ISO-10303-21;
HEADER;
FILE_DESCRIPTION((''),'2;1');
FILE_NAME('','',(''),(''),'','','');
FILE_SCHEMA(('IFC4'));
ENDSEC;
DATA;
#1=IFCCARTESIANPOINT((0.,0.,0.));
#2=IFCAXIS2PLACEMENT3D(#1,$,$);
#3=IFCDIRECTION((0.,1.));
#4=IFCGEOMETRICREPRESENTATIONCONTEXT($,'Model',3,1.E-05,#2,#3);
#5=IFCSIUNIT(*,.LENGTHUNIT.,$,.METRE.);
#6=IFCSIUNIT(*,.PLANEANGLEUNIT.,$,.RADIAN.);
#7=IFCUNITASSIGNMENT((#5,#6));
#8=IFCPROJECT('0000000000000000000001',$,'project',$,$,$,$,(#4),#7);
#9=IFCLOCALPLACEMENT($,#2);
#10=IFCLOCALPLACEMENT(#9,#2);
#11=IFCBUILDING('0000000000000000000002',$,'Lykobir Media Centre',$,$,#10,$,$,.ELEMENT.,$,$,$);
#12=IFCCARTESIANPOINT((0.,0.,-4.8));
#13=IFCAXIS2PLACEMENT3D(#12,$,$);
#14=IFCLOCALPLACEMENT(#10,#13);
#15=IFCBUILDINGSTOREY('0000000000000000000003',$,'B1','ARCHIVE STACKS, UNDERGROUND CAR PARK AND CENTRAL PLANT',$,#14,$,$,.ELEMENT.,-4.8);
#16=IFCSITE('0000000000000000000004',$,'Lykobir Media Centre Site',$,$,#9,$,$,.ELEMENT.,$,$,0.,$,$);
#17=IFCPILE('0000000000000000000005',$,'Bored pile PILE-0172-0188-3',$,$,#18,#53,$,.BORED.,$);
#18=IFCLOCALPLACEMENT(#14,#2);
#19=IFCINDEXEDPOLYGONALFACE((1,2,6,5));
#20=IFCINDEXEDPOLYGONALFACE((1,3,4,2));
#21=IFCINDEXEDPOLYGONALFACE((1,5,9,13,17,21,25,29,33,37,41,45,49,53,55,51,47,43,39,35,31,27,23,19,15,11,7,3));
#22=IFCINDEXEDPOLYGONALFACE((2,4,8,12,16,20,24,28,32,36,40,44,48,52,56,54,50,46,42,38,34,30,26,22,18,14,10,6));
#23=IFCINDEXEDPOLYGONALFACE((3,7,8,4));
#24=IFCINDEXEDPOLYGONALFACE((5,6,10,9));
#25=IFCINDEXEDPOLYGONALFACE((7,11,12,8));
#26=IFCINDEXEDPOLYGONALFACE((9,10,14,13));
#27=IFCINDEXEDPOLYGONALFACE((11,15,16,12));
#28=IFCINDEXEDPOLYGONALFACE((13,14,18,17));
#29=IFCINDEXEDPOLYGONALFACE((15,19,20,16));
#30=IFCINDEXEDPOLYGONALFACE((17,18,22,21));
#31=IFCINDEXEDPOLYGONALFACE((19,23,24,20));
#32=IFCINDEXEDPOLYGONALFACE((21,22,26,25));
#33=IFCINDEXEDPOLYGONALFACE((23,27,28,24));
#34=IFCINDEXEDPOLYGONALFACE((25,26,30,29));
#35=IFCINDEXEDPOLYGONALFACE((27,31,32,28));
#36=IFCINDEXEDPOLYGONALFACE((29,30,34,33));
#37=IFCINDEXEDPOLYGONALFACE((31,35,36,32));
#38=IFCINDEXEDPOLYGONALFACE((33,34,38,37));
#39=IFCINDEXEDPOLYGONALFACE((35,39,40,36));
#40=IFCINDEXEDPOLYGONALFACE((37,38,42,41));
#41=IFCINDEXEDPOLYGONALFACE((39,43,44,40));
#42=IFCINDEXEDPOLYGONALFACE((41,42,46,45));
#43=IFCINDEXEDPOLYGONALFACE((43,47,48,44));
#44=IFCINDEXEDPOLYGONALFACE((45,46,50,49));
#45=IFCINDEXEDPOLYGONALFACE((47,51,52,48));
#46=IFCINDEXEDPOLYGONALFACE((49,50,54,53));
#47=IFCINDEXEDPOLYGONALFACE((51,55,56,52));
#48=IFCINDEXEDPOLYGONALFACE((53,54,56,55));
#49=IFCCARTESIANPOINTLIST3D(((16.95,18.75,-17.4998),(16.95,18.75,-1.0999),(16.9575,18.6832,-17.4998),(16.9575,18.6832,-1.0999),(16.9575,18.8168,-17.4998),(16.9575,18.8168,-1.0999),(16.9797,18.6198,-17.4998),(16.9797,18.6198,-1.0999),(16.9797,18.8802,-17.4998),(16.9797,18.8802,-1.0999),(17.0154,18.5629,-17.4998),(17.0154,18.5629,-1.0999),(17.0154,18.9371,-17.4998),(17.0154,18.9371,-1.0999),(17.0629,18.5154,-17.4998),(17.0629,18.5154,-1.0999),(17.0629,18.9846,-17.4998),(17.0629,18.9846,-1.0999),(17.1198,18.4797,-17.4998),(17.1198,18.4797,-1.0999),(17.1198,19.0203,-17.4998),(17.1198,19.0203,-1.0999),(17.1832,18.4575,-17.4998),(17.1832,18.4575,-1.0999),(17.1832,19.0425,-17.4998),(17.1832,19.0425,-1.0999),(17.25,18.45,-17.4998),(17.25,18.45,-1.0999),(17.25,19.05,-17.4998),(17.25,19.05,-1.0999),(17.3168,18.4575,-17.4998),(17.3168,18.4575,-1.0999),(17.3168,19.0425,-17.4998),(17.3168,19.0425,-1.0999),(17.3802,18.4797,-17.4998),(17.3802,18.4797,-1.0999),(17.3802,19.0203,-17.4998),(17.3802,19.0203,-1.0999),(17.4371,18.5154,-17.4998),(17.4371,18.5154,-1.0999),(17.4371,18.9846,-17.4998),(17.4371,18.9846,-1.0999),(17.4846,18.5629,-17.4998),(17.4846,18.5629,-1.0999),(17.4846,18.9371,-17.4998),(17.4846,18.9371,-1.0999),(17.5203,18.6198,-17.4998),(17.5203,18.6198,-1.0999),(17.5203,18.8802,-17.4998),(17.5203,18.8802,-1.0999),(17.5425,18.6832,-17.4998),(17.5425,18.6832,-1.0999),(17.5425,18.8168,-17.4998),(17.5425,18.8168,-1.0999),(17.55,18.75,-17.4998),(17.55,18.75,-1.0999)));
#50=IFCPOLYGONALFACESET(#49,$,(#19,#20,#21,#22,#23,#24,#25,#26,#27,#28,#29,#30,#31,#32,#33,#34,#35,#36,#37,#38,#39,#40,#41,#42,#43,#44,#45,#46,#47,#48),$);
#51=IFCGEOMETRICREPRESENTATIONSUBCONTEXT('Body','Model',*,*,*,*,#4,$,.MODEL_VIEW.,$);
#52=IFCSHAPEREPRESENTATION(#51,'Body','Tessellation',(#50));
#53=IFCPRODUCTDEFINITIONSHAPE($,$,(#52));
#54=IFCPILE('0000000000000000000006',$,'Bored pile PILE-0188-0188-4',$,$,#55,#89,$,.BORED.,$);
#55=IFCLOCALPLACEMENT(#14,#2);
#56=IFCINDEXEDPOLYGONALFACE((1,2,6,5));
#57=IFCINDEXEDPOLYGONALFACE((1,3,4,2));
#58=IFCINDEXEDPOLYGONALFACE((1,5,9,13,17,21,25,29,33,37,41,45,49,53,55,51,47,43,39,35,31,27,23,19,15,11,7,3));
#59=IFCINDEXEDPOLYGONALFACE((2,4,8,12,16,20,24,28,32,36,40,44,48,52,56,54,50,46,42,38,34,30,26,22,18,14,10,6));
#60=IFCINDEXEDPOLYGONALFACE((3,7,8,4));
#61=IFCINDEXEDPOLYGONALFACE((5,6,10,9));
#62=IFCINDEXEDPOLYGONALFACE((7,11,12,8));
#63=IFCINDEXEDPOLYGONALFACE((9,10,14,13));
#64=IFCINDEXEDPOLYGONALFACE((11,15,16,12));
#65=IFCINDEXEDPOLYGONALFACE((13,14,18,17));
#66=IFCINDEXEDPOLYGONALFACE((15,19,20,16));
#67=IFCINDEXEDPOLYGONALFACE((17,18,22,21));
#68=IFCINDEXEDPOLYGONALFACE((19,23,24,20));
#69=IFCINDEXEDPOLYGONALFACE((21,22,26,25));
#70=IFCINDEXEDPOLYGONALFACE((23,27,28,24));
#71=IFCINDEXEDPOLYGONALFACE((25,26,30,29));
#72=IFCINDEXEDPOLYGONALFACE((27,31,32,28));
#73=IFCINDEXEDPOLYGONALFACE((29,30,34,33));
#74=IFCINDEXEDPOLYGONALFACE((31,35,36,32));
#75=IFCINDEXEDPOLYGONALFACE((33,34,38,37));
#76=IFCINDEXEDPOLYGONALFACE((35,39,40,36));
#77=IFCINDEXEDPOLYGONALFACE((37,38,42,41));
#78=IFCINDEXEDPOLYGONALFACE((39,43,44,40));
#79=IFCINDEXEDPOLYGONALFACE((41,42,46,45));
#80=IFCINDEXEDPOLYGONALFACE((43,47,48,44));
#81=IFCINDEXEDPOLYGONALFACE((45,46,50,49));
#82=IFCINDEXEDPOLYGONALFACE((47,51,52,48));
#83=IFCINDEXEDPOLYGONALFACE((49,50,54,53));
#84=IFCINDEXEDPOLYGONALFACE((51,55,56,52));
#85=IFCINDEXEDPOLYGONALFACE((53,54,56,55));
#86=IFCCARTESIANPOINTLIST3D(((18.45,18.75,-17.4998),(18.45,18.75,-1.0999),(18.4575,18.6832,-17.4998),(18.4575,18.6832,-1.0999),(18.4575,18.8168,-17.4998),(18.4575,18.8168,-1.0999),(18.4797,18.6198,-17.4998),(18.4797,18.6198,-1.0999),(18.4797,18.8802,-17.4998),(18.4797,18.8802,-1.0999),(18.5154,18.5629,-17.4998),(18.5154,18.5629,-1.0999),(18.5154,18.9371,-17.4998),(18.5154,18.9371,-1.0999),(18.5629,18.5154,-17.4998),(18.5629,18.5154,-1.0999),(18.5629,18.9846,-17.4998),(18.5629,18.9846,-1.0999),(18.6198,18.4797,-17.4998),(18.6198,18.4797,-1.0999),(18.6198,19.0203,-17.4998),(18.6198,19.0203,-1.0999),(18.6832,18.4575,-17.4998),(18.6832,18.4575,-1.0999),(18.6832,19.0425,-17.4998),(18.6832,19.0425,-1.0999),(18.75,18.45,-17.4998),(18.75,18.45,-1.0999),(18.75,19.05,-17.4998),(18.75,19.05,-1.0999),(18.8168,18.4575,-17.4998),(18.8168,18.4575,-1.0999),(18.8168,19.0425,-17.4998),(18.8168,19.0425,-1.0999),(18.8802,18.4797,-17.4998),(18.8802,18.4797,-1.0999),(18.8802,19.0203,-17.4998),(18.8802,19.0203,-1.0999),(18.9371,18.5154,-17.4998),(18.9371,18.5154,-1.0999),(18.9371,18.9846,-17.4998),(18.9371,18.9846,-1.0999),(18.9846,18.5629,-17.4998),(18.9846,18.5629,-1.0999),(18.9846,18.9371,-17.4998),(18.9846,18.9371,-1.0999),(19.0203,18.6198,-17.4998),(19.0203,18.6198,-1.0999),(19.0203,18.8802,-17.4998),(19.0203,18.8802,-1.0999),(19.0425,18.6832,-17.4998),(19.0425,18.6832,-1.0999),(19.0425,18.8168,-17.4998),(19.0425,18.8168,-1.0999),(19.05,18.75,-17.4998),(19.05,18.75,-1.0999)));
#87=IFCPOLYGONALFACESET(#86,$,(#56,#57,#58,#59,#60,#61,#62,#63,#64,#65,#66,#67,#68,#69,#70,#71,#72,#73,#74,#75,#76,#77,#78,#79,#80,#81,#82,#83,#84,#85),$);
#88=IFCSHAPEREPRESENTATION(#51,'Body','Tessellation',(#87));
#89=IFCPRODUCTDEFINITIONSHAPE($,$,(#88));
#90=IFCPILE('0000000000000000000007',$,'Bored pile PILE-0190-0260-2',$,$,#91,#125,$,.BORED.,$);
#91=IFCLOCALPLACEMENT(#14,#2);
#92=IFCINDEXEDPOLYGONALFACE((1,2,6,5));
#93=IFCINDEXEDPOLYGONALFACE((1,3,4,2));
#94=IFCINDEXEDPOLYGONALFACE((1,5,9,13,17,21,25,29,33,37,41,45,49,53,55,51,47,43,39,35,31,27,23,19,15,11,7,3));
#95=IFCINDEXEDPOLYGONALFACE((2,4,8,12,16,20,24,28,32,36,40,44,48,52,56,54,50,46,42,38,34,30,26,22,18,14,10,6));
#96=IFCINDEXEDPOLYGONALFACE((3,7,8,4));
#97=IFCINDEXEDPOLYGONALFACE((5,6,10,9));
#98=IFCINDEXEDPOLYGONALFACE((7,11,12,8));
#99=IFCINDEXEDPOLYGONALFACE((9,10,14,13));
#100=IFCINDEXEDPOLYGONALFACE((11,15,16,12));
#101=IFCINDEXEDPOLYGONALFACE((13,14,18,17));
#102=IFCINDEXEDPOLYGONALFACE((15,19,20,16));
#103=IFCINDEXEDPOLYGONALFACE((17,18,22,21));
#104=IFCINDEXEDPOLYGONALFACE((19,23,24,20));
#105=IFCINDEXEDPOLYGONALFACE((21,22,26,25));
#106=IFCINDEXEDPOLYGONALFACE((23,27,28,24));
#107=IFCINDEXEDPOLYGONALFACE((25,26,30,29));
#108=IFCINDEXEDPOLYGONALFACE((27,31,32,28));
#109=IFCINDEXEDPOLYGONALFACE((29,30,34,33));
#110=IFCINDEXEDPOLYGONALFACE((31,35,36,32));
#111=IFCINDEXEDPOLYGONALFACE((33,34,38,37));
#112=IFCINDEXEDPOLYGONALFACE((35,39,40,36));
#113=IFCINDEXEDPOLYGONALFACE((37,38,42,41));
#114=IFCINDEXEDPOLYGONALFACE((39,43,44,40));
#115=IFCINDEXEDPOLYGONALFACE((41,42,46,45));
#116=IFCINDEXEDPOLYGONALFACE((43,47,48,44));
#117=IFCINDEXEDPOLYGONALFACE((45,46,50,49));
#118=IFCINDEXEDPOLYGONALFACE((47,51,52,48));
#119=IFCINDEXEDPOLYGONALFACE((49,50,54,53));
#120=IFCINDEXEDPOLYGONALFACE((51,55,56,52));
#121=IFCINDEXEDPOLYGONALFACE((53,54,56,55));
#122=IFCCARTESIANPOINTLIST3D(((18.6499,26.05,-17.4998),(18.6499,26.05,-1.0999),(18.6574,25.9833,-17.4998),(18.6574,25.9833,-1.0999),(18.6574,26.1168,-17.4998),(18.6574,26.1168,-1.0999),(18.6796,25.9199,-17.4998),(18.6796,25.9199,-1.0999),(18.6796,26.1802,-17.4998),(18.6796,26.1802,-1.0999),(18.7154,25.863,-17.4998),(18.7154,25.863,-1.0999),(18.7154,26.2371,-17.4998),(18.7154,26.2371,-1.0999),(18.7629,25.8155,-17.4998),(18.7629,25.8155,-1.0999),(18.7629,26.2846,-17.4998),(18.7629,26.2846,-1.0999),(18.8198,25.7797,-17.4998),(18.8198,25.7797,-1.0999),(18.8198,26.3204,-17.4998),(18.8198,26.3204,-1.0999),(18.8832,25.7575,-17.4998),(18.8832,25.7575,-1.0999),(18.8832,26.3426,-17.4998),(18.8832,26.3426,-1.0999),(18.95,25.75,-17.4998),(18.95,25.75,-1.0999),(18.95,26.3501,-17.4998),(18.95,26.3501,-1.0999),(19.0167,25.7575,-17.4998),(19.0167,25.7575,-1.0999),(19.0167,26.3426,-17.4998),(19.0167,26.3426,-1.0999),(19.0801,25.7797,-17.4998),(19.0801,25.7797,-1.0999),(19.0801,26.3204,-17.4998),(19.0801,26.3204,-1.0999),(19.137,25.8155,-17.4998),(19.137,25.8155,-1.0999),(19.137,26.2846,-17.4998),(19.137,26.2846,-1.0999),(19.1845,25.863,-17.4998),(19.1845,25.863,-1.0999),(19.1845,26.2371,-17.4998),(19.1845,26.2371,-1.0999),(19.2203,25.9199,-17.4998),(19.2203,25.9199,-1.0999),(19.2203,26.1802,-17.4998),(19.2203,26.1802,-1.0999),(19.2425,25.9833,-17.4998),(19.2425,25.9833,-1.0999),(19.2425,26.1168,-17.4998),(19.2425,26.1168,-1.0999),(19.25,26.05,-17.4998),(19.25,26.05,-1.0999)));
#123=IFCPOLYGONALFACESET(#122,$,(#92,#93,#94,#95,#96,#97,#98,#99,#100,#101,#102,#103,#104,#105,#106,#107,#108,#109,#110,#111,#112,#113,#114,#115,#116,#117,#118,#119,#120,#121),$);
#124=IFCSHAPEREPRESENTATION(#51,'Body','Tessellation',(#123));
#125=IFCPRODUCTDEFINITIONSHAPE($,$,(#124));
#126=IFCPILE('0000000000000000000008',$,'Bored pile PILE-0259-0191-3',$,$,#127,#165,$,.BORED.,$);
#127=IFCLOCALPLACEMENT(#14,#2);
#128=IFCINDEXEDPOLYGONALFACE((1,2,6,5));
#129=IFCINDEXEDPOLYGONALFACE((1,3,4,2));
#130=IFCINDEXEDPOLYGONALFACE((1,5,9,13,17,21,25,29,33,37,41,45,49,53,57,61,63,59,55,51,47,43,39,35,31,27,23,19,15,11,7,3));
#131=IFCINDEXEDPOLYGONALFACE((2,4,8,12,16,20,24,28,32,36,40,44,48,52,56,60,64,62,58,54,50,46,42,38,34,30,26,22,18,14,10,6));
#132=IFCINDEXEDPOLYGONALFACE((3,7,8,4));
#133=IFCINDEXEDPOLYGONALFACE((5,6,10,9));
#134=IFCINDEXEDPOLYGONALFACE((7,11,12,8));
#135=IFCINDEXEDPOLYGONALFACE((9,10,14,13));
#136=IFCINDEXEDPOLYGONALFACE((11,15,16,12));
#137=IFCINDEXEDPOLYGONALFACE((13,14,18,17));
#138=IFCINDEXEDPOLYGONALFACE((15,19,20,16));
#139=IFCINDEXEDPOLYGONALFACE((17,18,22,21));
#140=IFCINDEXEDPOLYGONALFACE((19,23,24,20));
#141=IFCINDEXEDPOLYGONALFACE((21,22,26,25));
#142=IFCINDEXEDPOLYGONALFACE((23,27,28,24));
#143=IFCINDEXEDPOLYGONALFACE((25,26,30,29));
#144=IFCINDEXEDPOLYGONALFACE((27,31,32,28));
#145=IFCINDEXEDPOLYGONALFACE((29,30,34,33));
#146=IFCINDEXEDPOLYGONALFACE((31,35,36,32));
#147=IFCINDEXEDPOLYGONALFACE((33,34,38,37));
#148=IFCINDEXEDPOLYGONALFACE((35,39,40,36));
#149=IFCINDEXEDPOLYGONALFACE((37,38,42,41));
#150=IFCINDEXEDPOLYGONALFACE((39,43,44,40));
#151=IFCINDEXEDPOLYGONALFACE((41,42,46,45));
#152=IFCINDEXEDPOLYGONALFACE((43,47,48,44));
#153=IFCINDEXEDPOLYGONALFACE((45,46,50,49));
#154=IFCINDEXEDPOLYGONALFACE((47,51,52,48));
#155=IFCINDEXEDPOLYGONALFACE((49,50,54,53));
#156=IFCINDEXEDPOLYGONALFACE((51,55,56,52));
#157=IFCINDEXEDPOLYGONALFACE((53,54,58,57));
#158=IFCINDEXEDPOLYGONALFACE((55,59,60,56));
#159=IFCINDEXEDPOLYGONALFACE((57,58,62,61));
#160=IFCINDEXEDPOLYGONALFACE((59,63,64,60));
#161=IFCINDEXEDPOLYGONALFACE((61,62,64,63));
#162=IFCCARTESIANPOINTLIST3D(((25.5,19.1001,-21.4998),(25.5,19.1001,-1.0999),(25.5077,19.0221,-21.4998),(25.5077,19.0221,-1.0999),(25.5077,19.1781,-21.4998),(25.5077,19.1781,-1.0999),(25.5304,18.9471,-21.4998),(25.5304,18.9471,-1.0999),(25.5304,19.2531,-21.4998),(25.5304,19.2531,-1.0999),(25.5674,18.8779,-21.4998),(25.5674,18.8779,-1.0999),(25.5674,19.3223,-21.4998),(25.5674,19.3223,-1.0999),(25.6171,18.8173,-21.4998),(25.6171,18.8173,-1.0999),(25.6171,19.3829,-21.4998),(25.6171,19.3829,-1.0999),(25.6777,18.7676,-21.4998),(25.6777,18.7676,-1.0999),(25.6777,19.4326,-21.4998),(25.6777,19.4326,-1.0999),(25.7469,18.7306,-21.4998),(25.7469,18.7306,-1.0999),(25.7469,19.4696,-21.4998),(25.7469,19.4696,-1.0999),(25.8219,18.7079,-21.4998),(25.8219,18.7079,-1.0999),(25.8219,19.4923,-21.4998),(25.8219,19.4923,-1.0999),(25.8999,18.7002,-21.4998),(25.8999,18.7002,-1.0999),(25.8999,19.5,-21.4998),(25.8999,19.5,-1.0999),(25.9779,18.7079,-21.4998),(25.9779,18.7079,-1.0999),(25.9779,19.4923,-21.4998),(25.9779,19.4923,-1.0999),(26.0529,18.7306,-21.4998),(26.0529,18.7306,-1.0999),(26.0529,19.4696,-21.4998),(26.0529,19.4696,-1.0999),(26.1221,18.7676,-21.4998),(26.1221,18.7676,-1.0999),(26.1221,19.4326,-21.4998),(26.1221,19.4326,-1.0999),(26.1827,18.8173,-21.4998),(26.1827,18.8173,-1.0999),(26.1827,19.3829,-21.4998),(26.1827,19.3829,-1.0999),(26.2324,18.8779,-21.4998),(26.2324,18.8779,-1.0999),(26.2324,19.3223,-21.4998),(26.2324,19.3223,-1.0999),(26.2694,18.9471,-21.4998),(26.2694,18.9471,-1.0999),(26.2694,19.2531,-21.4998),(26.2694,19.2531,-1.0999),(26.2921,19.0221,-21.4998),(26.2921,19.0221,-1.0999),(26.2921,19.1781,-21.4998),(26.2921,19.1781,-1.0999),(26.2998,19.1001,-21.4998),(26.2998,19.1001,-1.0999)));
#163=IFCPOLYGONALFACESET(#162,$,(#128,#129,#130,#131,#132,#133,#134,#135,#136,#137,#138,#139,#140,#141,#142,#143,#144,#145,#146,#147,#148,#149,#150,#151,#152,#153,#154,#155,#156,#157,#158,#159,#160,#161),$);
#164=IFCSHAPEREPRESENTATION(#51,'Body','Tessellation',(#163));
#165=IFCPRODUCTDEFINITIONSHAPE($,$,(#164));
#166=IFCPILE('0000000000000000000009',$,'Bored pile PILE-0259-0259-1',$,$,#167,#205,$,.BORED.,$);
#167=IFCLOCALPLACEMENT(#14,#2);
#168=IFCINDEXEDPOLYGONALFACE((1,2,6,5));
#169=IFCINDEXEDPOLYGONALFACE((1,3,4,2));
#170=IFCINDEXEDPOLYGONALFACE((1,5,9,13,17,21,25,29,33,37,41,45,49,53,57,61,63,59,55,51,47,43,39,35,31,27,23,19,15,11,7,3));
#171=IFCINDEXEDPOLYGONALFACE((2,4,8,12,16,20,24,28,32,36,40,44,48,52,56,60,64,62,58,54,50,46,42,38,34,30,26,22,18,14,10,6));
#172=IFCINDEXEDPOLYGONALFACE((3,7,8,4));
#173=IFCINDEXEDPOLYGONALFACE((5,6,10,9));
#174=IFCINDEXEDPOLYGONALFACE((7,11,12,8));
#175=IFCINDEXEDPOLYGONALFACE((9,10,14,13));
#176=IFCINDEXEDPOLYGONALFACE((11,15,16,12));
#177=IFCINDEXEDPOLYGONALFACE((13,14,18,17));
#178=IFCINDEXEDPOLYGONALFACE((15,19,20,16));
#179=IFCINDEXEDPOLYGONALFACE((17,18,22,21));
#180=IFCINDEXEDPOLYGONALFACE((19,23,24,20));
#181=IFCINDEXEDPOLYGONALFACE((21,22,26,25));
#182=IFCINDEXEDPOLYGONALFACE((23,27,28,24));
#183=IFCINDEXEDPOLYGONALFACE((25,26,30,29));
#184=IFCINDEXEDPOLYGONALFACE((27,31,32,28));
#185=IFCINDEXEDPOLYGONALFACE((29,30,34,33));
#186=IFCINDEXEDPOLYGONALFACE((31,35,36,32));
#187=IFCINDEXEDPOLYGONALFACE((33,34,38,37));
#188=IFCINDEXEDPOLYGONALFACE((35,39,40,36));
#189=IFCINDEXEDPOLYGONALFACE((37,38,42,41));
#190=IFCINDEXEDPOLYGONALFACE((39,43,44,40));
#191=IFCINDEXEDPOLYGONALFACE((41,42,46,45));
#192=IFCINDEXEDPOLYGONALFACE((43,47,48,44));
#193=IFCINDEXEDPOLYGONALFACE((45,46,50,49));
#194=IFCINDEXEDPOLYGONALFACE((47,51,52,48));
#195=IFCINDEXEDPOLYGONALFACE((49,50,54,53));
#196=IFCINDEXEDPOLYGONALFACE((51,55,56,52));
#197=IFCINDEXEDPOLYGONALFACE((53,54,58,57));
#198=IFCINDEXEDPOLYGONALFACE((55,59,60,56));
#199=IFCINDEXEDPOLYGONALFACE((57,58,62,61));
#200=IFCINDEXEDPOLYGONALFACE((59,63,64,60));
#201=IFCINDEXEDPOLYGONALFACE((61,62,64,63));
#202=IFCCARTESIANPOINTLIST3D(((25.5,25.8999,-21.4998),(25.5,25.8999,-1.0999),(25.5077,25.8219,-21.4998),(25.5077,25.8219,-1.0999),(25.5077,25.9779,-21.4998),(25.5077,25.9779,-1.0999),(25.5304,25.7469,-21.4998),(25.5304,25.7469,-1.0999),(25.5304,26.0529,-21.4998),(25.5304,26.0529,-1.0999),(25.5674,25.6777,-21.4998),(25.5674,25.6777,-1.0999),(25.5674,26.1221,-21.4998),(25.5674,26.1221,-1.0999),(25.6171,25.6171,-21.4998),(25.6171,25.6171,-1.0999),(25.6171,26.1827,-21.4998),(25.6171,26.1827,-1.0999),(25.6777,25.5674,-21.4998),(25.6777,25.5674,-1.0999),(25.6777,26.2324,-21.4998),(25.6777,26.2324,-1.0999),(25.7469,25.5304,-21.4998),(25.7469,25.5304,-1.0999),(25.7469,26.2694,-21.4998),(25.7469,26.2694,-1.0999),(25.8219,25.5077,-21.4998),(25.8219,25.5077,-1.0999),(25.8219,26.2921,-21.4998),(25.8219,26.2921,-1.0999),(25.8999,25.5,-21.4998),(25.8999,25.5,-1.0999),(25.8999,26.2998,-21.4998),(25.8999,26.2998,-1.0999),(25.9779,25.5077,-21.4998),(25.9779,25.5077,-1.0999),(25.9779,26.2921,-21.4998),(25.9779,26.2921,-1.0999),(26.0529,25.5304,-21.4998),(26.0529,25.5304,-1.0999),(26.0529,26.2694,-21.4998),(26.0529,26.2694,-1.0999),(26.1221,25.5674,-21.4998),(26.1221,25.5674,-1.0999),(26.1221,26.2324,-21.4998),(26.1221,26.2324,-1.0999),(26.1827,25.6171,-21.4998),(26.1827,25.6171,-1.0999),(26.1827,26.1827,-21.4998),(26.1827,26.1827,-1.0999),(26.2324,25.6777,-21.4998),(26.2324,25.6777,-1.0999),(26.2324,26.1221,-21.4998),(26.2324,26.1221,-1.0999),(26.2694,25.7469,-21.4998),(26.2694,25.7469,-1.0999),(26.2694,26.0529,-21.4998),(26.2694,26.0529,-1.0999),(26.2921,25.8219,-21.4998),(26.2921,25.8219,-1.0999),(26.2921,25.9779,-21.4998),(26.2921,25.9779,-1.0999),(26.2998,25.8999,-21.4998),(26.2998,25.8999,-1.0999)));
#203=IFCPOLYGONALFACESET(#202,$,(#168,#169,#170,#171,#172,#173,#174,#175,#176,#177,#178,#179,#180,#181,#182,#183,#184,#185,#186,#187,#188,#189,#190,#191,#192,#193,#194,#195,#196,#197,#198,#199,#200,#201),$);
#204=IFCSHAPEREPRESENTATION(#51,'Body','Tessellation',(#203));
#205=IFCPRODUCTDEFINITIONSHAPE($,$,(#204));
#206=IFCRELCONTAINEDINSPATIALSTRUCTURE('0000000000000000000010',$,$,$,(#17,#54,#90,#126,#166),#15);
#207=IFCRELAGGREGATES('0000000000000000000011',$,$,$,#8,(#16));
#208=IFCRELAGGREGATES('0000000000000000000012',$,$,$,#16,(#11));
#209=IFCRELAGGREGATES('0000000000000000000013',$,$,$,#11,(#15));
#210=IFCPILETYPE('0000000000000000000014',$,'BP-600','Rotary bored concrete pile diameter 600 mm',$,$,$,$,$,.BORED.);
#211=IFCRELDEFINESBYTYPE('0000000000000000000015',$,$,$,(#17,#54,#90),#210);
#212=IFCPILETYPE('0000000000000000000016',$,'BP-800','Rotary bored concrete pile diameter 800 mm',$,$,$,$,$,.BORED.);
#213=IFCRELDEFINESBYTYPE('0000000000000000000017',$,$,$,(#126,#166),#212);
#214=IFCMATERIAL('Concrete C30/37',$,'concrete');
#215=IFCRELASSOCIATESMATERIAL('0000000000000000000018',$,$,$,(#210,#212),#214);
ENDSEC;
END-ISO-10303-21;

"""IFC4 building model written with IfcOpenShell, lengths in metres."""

from ifc_helpers import new_model, si_unit, direction, frame, origin, origin_2d, place, context, subcontext, project, spatial, circle, extrude, material, material_profile, profile_set, type_object, element, save


model = new_model("IFC4")

# Units and contexts
model_context = context("Model", 3, precision=1e-05, world=origin(), true_north=direction((0.0, 1.0)))
body_context = subcontext(model_context, "Body", "Model", "MODEL_VIEW")
ifc_project = project(units=[si_unit("LENGTHUNIT", "METRE"), si_unit("PLANEANGLEUNIT", "RADIAN")], contexts=[model_context])

# Site, building, storey
site_placement = place(None, origin())
site = spatial("IfcSite", under=ifc_project, at=site_placement, Name="Lykobir Media Centre Site", CompositionType="ELEMENT", RefElevation=0.0)
building_placement = place(site_placement, origin())
building = spatial("IfcBuilding", under=site, at=building_placement, Name="Lykobir Media Centre", CompositionType="ELEMENT")
storey_placement = place(building_placement, frame((0.0, 0.0, -4.8)))
storey = spatial("IfcBuildingStorey", under=building, at=storey_placement, Name="B1", Description="ARCHIVE STACKS, UNDERGROUND CAR PARK AND CENTRAL PLANT", CompositionType="ELEMENT", Elevation=-4.8)

# Piles
ifc_material_1 = material(Name="Concrete C30/37", Category="concrete")
ifc_material_profile_1 = material_profile(ifc_material_1, circle(Radius=0.3, at=origin_2d()), Name="BORED PILE D600")
ifc_profile_set_1 = profile_set([ifc_material_profile_1], Name="Concrete C30/37")
pile_type_1 = type_object("IfcPileType", Name="BP-600", Description="Rotary bored concrete pile diameter 600 mm", PredefinedType="BORED", material=ifc_profile_set_1)
for number, where, z_axis, x_axis, name in (
    (1, (17.25, 18.75, -1.0999), (0.0, 0.0, -1.0), (1.0, 0.0, 0.0), "Bored pile PILE-0172-0188-3"),
    (2, (18.75, 18.75, -1.0999), (0.0, 0.0, -1.0), (1.0, 0.0, 0.0), "Bored pile PILE-0188-0188-4"),
    (3, (18.95, 26.05, -1.0999), (0.0, 0.0, -1.0), (1.0, 0.0, 0.0), "Bored pile PILE-0190-0260-2"),
):
    element("IfcPile", number, at=place(storey_placement, frame(where, z_axis=z_axis, x_axis=x_axis)), inside=storey, type_object=pile_type_1, Name=name, PredefinedType="BORED", context=body_context, shape_type="SweptSolid", body=[
        extrude(circle(Radius=0.3, at=origin_2d()), origin(), (0.0, 0.0, 1.0), 16.3999),
    ])
ifc_material_profile_2 = material_profile(ifc_material_1, circle(Radius=0.3999, at=origin_2d()), Name="BORED PILE D800")
ifc_profile_set_2 = profile_set([ifc_material_profile_2], Name="Concrete C30/37")
pile_type_2 = type_object("IfcPileType", Name="BP-800", Description="Rotary bored concrete pile diameter 800 mm", PredefinedType="BORED", material=ifc_profile_set_2)
for number, where, z_axis, x_axis, name in (
    (4, (25.8999, 19.1001, -1.0999), (0.0, 0.0, -1.0), (1.0, 0.0, 0.0), "Bored pile PILE-0259-0191-3"),
    (5, (25.8999, 25.8999, -1.0999), (0.0, 0.0, -1.0), (1.0, 0.0, 0.0), "Bored pile PILE-0259-0259-1"),
):
    element("IfcPile", number, at=place(storey_placement, frame(where, z_axis=z_axis, x_axis=x_axis)), inside=storey, type_object=pile_type_2, Name=name, PredefinedType="BORED", context=body_context, shape_type="SweptSolid", body=[
        extrude(circle(Radius=0.3999, at=origin_2d()), origin(), (0.0, 0.0, 1.0), 20.3999),
    ])

save(model, "model.ifc")
